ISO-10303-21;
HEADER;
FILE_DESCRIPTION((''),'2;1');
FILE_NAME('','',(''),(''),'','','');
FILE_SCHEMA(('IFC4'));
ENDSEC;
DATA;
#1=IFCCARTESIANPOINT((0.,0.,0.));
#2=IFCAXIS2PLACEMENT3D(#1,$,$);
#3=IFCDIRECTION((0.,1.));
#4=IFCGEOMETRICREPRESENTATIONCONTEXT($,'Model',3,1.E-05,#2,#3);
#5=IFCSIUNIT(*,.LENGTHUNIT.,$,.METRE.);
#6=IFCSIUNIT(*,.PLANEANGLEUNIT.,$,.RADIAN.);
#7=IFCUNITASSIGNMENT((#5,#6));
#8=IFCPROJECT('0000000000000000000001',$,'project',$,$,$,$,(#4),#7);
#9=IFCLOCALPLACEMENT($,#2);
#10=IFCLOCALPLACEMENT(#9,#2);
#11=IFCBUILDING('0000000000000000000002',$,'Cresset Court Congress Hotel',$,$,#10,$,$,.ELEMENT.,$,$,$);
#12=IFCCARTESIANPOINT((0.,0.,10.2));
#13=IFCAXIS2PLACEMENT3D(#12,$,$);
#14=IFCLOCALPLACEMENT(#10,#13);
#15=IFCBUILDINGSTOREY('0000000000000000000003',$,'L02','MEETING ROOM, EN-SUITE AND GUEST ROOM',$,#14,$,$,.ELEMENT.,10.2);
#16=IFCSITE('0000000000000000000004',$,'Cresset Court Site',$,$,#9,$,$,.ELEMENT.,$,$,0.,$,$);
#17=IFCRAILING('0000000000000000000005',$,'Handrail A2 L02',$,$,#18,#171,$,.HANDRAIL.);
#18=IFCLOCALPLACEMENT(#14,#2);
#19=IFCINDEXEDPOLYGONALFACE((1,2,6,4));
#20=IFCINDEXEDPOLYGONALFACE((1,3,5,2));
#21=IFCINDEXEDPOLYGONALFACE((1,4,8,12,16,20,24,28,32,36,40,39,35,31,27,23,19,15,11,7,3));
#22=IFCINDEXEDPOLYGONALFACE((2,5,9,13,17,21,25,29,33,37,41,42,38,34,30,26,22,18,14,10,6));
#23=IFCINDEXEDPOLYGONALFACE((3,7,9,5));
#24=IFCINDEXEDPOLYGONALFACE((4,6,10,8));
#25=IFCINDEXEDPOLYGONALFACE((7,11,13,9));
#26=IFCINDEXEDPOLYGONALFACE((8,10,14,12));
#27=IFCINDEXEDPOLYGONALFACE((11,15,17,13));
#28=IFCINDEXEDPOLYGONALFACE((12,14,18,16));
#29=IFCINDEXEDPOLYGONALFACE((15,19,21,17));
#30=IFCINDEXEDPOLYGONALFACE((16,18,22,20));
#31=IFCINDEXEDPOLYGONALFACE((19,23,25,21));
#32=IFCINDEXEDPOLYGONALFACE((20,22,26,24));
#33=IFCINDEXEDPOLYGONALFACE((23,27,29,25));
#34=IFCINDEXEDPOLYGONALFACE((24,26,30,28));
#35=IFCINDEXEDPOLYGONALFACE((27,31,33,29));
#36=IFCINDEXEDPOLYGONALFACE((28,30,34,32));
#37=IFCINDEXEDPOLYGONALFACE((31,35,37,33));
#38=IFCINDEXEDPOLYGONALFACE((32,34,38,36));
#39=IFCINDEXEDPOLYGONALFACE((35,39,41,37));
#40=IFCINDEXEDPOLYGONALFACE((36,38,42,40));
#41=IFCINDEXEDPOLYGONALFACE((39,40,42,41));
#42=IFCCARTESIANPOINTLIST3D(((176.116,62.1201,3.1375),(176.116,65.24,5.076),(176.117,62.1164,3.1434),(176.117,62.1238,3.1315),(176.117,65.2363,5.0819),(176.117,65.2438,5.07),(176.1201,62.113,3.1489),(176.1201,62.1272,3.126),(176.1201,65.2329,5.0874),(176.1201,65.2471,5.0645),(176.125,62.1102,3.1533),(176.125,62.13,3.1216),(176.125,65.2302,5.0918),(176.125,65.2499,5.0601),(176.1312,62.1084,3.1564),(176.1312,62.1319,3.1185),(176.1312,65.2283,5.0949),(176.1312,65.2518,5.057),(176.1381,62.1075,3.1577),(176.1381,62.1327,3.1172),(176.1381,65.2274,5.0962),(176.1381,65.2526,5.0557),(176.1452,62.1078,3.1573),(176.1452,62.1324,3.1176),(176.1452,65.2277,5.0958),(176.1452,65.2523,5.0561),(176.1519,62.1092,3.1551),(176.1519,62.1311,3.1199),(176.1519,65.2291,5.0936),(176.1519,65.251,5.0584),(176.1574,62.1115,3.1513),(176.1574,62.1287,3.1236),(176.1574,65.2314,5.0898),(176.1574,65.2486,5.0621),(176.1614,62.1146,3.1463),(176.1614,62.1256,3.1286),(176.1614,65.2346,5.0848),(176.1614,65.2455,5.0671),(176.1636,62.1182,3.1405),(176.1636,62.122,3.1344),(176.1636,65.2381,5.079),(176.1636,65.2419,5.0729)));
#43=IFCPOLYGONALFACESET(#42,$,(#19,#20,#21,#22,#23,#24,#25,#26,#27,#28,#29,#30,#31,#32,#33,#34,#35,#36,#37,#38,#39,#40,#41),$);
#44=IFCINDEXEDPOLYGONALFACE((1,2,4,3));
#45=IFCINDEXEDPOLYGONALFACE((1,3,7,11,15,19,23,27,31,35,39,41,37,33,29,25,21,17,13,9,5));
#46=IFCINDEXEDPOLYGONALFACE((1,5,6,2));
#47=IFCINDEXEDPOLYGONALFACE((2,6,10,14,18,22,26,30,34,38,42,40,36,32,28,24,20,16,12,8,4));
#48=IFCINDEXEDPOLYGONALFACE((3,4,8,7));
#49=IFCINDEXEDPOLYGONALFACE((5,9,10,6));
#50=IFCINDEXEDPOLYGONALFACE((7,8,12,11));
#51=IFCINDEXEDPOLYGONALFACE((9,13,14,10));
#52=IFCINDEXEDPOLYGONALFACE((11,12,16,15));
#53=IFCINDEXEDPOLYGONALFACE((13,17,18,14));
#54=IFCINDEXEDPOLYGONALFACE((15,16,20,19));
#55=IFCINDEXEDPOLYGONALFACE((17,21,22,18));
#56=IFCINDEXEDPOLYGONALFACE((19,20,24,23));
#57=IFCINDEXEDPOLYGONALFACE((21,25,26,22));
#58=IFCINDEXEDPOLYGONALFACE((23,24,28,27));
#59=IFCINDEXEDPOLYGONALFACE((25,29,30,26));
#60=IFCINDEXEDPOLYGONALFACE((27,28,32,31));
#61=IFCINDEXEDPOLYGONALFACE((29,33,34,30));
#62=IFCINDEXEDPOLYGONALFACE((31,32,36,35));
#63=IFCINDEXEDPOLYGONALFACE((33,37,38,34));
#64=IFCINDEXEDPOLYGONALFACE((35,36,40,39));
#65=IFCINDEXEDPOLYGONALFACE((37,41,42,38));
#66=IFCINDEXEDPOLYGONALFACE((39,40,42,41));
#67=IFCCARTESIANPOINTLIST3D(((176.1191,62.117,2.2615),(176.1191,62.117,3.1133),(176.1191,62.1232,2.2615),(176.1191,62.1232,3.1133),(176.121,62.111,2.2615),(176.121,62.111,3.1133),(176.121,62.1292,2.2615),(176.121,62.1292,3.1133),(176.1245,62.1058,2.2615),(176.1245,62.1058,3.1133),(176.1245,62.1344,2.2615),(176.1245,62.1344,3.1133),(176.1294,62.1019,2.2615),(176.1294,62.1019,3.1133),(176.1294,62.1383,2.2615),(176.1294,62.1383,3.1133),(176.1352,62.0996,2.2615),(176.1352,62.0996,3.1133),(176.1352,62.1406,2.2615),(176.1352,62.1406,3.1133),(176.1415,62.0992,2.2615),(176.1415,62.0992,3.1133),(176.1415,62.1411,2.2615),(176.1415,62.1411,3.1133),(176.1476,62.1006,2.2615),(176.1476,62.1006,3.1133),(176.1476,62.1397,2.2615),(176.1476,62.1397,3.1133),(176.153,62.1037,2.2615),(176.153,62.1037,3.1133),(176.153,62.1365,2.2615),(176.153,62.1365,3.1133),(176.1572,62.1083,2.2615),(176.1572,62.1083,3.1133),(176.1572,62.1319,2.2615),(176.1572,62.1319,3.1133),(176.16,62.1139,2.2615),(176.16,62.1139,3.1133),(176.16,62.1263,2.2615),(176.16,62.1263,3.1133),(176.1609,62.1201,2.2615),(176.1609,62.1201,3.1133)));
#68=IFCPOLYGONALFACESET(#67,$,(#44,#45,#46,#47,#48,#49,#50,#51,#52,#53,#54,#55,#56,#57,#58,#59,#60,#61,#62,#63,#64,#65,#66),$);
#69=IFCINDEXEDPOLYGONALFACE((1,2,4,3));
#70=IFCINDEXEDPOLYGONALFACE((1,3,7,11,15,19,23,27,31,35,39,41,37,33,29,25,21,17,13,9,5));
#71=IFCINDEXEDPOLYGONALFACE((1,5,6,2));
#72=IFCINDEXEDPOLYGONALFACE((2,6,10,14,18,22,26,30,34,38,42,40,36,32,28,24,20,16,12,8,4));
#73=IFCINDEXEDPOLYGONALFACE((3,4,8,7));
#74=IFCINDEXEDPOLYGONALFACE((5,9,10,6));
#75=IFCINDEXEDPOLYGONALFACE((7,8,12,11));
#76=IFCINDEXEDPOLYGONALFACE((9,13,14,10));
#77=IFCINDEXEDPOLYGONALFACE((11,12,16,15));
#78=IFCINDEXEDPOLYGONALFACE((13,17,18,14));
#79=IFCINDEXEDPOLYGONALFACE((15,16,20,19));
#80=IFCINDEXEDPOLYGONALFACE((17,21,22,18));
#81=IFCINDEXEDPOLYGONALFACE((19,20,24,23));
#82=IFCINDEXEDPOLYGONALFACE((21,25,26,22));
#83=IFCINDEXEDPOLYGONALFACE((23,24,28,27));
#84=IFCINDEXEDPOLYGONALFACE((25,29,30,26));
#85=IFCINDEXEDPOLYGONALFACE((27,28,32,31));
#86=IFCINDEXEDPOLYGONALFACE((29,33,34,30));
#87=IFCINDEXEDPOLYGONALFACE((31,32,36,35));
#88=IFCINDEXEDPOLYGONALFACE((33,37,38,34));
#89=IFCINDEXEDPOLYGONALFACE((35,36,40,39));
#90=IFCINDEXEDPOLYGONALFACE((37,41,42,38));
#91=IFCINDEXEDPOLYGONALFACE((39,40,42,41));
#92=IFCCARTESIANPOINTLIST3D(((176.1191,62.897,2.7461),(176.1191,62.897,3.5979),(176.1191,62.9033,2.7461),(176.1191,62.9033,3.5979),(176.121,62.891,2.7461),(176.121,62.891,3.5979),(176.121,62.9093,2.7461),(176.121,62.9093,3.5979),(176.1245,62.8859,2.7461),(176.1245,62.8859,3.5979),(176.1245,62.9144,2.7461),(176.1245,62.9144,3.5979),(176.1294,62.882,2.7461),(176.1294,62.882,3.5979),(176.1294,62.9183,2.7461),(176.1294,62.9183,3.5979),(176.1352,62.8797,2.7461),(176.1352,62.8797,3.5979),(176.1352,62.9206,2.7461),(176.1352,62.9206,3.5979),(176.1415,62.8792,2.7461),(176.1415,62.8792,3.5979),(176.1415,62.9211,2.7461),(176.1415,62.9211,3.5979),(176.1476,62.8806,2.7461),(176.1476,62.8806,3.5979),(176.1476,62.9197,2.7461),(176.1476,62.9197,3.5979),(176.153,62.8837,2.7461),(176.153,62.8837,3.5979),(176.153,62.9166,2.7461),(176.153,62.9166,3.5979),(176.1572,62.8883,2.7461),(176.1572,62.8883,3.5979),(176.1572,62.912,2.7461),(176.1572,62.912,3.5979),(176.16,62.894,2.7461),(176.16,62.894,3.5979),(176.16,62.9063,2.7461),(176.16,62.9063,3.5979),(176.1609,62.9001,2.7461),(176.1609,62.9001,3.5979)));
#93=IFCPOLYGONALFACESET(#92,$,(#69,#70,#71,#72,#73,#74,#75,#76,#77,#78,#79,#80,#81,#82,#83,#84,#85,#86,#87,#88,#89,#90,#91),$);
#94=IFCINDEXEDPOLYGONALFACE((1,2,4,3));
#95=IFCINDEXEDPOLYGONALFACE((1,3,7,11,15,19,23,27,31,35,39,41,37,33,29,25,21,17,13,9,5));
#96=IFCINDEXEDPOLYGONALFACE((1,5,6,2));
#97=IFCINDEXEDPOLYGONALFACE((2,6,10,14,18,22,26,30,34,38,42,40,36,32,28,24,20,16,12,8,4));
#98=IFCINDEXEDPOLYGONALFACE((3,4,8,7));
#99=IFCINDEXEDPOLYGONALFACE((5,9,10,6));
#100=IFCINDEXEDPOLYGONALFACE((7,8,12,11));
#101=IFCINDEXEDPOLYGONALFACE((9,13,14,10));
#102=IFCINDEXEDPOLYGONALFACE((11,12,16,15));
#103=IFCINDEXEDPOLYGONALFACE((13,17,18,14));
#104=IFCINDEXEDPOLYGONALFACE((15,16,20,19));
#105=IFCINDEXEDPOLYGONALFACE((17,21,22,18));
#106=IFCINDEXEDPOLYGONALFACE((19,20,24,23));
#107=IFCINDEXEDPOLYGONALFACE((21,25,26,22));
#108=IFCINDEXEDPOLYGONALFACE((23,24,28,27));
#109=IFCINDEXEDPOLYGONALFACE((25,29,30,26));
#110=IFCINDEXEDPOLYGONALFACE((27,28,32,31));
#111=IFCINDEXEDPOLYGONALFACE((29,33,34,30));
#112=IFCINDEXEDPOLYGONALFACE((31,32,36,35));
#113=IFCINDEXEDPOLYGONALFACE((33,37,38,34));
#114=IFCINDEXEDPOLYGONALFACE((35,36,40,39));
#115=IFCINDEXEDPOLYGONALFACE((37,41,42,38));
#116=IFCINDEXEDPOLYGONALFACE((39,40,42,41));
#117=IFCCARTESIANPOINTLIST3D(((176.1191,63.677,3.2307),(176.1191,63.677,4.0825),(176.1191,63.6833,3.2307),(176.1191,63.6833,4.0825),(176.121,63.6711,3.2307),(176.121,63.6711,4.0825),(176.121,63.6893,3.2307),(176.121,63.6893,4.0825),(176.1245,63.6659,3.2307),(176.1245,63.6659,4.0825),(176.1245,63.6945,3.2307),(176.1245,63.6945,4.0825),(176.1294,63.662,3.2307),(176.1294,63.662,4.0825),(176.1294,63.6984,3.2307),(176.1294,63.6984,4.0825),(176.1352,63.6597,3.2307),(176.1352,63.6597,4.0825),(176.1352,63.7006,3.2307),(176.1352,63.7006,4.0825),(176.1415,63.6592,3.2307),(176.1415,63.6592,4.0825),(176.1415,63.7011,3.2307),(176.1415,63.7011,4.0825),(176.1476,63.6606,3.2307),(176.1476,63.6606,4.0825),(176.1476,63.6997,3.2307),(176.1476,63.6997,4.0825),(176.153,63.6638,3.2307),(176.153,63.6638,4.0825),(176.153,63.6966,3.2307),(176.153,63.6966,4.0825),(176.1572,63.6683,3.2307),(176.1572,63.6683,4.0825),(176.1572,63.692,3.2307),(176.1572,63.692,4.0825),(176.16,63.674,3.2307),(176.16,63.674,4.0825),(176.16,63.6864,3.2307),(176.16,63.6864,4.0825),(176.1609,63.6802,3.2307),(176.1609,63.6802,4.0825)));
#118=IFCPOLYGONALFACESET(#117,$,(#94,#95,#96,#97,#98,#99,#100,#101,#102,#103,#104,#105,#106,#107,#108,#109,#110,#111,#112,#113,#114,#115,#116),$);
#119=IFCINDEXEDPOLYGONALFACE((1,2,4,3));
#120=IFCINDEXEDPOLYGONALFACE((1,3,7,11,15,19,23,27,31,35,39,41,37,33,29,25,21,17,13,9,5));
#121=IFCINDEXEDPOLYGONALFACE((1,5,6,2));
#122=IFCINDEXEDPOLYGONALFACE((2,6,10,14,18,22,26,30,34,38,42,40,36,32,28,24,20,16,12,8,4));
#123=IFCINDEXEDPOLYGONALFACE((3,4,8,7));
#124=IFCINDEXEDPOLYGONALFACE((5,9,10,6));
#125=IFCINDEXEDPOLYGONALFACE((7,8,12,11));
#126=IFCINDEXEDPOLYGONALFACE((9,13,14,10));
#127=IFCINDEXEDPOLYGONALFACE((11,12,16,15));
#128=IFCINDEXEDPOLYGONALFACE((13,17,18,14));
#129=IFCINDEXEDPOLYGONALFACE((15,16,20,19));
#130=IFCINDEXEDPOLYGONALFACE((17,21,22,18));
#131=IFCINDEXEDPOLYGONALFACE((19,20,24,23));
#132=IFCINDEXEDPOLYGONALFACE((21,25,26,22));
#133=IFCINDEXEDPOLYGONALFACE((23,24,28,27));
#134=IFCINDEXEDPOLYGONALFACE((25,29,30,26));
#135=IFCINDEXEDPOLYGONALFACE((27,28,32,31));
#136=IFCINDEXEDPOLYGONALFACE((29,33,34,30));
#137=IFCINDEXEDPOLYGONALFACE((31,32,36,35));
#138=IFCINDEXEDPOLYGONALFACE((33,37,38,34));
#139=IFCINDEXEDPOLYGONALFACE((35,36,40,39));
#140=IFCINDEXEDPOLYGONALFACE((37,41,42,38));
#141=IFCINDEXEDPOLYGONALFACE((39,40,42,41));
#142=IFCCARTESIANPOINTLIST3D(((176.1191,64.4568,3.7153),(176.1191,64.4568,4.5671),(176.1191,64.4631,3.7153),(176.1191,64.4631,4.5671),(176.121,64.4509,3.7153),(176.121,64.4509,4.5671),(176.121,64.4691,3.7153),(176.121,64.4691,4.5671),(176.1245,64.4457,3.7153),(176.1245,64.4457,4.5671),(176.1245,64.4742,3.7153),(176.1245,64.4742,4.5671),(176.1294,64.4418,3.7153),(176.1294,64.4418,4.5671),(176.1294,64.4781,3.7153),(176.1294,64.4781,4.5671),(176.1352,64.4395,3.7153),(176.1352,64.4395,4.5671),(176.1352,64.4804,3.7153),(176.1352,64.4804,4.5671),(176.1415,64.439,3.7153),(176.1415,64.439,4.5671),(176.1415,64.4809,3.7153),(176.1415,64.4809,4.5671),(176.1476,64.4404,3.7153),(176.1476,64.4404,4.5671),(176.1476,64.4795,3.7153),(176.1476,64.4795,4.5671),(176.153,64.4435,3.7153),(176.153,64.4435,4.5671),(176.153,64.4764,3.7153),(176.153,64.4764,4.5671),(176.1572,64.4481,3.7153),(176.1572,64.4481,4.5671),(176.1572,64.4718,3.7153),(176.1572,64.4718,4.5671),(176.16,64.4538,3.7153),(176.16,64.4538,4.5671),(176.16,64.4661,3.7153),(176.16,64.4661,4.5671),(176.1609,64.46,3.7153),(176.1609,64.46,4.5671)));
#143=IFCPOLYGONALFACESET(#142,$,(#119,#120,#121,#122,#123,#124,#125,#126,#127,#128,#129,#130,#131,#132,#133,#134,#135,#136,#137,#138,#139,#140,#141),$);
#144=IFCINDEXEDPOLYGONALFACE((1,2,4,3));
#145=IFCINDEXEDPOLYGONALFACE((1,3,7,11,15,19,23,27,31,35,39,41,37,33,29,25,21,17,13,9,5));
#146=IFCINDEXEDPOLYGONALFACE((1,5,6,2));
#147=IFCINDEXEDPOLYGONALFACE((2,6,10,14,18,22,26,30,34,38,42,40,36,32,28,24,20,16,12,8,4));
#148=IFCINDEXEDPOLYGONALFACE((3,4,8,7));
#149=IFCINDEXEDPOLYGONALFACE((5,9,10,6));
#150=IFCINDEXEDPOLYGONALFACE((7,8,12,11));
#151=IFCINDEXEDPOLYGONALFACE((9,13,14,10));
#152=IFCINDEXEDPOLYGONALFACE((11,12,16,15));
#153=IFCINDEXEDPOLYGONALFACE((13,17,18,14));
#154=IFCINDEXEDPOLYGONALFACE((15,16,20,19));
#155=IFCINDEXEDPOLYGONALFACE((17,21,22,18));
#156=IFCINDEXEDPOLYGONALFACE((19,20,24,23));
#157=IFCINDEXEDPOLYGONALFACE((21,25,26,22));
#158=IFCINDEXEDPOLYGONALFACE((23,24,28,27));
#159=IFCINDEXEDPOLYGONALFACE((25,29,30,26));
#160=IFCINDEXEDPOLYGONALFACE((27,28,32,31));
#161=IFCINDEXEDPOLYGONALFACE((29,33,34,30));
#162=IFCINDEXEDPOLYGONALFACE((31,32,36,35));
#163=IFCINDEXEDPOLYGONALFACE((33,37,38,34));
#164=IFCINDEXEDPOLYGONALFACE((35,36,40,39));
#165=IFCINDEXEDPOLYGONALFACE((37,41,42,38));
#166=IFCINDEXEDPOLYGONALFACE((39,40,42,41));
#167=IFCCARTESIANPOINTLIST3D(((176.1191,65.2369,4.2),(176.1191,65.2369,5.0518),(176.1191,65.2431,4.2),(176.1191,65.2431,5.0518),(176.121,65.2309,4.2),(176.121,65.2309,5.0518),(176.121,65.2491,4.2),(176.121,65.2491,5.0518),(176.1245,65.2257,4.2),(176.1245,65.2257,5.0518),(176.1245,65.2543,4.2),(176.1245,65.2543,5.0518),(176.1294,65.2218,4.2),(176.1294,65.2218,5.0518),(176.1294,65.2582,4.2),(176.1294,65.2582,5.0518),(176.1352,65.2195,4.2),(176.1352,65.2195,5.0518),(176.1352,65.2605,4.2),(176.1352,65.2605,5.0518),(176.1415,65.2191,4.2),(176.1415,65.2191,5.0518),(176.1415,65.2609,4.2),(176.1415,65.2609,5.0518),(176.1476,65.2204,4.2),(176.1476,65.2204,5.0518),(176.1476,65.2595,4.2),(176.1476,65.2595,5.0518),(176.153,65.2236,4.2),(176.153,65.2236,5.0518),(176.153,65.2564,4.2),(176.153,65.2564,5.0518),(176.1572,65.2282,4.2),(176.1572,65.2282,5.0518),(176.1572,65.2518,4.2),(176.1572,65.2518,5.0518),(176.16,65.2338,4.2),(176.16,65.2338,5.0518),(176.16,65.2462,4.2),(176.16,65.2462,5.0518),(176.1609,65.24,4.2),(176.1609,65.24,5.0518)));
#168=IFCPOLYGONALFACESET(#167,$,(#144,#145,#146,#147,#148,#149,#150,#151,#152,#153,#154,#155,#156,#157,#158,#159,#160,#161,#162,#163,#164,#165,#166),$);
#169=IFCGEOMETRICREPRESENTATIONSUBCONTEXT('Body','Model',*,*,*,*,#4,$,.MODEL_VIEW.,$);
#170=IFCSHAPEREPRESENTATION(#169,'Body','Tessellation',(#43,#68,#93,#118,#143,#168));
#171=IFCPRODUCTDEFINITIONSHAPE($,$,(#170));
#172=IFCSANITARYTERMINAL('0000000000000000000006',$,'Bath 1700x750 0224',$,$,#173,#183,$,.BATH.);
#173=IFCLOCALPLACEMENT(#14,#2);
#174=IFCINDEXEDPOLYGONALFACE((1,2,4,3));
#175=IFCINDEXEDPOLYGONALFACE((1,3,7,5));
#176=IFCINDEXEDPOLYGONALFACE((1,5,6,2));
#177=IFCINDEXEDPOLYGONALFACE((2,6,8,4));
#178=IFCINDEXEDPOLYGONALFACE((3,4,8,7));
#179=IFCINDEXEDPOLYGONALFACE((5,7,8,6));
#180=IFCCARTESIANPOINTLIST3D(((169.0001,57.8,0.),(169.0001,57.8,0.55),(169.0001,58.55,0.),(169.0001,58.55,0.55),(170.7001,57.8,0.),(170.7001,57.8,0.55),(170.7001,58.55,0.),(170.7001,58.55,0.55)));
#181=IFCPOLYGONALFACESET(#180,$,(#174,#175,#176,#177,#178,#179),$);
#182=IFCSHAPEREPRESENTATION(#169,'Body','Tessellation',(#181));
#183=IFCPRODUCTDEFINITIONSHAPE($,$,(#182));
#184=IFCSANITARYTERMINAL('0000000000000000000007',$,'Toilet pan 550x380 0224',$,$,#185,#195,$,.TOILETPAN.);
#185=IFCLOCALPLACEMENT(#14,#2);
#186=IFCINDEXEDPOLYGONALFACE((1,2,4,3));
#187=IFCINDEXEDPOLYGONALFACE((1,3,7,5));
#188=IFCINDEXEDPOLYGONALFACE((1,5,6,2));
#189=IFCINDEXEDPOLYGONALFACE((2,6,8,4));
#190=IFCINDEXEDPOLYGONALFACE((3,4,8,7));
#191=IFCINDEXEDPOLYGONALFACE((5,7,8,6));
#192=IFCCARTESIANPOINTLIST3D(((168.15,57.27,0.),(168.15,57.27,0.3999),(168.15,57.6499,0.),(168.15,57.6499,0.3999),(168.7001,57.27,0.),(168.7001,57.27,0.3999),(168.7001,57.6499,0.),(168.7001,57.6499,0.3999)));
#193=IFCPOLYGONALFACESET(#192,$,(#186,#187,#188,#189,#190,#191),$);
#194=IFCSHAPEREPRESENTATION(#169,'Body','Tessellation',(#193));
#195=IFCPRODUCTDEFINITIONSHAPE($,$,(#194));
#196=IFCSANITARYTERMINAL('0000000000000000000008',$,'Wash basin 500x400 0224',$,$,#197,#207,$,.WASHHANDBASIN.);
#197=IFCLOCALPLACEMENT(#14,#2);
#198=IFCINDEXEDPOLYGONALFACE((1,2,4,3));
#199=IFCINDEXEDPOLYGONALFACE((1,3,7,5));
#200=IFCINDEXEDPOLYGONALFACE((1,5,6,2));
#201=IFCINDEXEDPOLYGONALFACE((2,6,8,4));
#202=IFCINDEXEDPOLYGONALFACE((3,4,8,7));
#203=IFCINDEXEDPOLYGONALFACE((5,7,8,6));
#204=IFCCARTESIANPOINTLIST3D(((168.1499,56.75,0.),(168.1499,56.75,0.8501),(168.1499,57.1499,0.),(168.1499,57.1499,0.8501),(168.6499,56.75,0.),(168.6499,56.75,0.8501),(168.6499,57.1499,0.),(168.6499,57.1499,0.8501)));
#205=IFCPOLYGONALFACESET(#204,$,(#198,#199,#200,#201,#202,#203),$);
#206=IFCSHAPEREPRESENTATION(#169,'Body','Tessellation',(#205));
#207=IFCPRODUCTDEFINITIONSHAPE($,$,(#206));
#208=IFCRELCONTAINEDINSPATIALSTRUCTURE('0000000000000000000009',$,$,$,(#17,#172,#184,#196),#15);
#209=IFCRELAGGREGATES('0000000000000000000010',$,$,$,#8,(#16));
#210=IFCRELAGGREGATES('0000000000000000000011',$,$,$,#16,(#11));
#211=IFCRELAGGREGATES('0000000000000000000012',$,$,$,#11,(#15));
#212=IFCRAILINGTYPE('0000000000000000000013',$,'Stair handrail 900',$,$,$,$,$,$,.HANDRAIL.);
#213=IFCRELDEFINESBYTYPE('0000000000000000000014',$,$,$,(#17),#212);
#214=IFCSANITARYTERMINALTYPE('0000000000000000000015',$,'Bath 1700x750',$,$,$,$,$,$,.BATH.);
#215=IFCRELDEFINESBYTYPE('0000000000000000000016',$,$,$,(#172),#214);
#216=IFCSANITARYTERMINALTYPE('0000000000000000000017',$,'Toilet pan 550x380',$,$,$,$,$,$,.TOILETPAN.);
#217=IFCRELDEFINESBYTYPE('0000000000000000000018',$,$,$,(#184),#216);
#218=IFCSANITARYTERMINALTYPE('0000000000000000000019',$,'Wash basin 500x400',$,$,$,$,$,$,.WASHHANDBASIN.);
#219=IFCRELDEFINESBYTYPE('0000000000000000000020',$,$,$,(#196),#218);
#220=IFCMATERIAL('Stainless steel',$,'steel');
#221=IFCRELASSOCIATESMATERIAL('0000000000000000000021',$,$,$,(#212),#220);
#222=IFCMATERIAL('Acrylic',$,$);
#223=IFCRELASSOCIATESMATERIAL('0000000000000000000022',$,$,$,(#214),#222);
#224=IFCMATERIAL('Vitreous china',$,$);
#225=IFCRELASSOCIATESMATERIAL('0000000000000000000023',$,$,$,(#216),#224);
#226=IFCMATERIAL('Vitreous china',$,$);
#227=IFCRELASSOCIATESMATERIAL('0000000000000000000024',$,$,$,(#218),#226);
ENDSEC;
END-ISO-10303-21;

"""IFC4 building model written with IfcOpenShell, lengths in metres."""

from ifc_helpers import new_model, si_unit, direction, frame, origin, origin_2d, place, context, subcontext, project, spatial, rectangle, circle, extrude, material, type_object, element, save


model = new_model("IFC4")

# Units and contexts
model_context = context("Model", 3, precision=1e-05, world=origin(), true_north=direction((0.0, 1.0)))
body_context = subcontext(model_context, "Body", "Model", "MODEL_VIEW")
ifc_project = project(units=[si_unit("LENGTHUNIT", "METRE"), si_unit("PLANEANGLEUNIT", "RADIAN")], contexts=[model_context])

# Site, building, storey
site_placement = place(None, origin())
site = spatial("IfcSite", under=ifc_project, at=site_placement, Name="Cresset Court Site", CompositionType="ELEMENT", RefElevation=0.0)
building_placement = place(site_placement, origin())
building = spatial("IfcBuilding", under=site, at=building_placement, Name="Cresset Court Congress Hotel", CompositionType="ELEMENT")
storey_placement = place(building_placement, frame((0.0, 0.0, 10.2)))
storey = spatial("IfcBuildingStorey", under=building, at=storey_placement, Name="L02", Description="MEETING ROOM, EN-SUITE AND GUEST ROOM", CompositionType="ELEMENT", Elevation=10.2)

# Railing
ifc_material_1 = material(Name="Stainless steel", Category="steel")
railing_type_1 = type_object("IfcRailingType", Name="Stair handrail 900", PredefinedType="HANDRAIL", material=ifc_material_1)
for number, where, name in (
    (1, (176.1399, 62.1201, 2.2615), "Handrail A2 L02"),
):
    element("IfcRailing", number, at=place(storey_placement, frame(where)), inside=storey, type_object=railing_type_1, Name=name, PredefinedType="HANDRAIL", context=body_context, shape_type="SweptSolid", body=[
        extrude(circle(Radius=0.0239, at=origin_2d()), frame((0.0, 0.0, 0.876), z_axis=(0.0, 0.849396, 0.527757), x_axis=(-1.0, 0.0, 0.0)), (0.0, 0.0, 1.0), 3.6731),
        extrude(circle(Radius=0.021, at=origin_2d()), origin(), (0.0, 0.0, 1.0), 0.8518),
        extrude(circle(Radius=0.021, at=origin_2d()), frame((0.0, 0.78, 0.4846)), (0.0, 0.0, 1.0), 0.8518),
        extrude(circle(Radius=0.021, at=origin_2d()), frame((0.0, 1.5601, 0.9692)), (0.0, 0.0, 1.0), 0.8518),
        extrude(circle(Radius=0.021, at=origin_2d()), frame((0.0, 2.3398, 1.4539)), (0.0, 0.0, 1.0), 0.8518),
        extrude(circle(Radius=0.021, at=origin_2d()), frame((0.0, 3.1199, 1.9385)), (0.0, 0.0, 1.0), 0.8518),
    ])

# Sanitary terminals
ifc_material_2 = material(Name="Acrylic")
sanitary_terminal_type_1 = type_object("IfcSanitaryTerminalType", Name="Bath 1700x750", PredefinedType="BATH", material=ifc_material_2)
sanitary_terminal_1_placement = place(storey_placement, frame((169.8501, 58.175, 0.0), z_axis=(0.0, 0.0, 1.0), x_axis=(1.0, 0.0, 0.0)))
element("IfcSanitaryTerminal", 2, at=sanitary_terminal_1_placement, inside=storey, type_object=sanitary_terminal_type_1, Name="Bath 1700x750 0224", PredefinedType="BATH", context=body_context, shape_type="SweptSolid", body=[
    extrude(rectangle(XDim=1.7, YDim=0.75, at=origin_2d()), origin(), (0.0, 0.0, 1.0), 0.55),
])
ifc_material_3 = material(Name="Vitreous china")
sanitary_terminal_type_2 = type_object("IfcSanitaryTerminalType", Name="Toilet pan 550x380", PredefinedType="TOILETPAN", material=ifc_material_3)
sanitary_terminal_2_placement = place(storey_placement, frame((168.425, 57.46, 0.0), z_axis=(0.0, 0.0, 1.0), x_axis=(1.0, 0.0, 0.0)))
element("IfcSanitaryTerminal", 3, at=sanitary_terminal_2_placement, inside=storey, type_object=sanitary_terminal_type_2, Name="Toilet pan 550x380 0224", PredefinedType="TOILETPAN", context=body_context, shape_type="SweptSolid", body=[
    extrude(rectangle(XDim=0.55, YDim=0.3799, at=origin_2d()), origin(), (0.0, 0.0, 1.0), 0.3999),
])
ifc_material_4 = material(Name="Vitreous china")
sanitary_terminal_type_3 = type_object("IfcSanitaryTerminalType", Name="Wash basin 500x400", PredefinedType="WASHHANDBASIN", material=ifc_material_4)
sanitary_terminal_3_placement = place(storey_placement, frame((168.3999, 56.95, 0.0), z_axis=(0.0, 0.0, 1.0), x_axis=(1.0, 0.0, 0.0)))
element("IfcSanitaryTerminal", 4, at=sanitary_terminal_3_placement, inside=storey, type_object=sanitary_terminal_type_3, Name="Wash basin 500x400 0224", PredefinedType="WASHHANDBASIN", context=body_context, shape_type="SweptSolid", body=[
    extrude(rectangle(XDim=0.5, YDim=0.3999, at=origin_2d()), origin(), (0.0, 0.0, 1.0), 0.8501),
])

save(model, "model.ifc")
